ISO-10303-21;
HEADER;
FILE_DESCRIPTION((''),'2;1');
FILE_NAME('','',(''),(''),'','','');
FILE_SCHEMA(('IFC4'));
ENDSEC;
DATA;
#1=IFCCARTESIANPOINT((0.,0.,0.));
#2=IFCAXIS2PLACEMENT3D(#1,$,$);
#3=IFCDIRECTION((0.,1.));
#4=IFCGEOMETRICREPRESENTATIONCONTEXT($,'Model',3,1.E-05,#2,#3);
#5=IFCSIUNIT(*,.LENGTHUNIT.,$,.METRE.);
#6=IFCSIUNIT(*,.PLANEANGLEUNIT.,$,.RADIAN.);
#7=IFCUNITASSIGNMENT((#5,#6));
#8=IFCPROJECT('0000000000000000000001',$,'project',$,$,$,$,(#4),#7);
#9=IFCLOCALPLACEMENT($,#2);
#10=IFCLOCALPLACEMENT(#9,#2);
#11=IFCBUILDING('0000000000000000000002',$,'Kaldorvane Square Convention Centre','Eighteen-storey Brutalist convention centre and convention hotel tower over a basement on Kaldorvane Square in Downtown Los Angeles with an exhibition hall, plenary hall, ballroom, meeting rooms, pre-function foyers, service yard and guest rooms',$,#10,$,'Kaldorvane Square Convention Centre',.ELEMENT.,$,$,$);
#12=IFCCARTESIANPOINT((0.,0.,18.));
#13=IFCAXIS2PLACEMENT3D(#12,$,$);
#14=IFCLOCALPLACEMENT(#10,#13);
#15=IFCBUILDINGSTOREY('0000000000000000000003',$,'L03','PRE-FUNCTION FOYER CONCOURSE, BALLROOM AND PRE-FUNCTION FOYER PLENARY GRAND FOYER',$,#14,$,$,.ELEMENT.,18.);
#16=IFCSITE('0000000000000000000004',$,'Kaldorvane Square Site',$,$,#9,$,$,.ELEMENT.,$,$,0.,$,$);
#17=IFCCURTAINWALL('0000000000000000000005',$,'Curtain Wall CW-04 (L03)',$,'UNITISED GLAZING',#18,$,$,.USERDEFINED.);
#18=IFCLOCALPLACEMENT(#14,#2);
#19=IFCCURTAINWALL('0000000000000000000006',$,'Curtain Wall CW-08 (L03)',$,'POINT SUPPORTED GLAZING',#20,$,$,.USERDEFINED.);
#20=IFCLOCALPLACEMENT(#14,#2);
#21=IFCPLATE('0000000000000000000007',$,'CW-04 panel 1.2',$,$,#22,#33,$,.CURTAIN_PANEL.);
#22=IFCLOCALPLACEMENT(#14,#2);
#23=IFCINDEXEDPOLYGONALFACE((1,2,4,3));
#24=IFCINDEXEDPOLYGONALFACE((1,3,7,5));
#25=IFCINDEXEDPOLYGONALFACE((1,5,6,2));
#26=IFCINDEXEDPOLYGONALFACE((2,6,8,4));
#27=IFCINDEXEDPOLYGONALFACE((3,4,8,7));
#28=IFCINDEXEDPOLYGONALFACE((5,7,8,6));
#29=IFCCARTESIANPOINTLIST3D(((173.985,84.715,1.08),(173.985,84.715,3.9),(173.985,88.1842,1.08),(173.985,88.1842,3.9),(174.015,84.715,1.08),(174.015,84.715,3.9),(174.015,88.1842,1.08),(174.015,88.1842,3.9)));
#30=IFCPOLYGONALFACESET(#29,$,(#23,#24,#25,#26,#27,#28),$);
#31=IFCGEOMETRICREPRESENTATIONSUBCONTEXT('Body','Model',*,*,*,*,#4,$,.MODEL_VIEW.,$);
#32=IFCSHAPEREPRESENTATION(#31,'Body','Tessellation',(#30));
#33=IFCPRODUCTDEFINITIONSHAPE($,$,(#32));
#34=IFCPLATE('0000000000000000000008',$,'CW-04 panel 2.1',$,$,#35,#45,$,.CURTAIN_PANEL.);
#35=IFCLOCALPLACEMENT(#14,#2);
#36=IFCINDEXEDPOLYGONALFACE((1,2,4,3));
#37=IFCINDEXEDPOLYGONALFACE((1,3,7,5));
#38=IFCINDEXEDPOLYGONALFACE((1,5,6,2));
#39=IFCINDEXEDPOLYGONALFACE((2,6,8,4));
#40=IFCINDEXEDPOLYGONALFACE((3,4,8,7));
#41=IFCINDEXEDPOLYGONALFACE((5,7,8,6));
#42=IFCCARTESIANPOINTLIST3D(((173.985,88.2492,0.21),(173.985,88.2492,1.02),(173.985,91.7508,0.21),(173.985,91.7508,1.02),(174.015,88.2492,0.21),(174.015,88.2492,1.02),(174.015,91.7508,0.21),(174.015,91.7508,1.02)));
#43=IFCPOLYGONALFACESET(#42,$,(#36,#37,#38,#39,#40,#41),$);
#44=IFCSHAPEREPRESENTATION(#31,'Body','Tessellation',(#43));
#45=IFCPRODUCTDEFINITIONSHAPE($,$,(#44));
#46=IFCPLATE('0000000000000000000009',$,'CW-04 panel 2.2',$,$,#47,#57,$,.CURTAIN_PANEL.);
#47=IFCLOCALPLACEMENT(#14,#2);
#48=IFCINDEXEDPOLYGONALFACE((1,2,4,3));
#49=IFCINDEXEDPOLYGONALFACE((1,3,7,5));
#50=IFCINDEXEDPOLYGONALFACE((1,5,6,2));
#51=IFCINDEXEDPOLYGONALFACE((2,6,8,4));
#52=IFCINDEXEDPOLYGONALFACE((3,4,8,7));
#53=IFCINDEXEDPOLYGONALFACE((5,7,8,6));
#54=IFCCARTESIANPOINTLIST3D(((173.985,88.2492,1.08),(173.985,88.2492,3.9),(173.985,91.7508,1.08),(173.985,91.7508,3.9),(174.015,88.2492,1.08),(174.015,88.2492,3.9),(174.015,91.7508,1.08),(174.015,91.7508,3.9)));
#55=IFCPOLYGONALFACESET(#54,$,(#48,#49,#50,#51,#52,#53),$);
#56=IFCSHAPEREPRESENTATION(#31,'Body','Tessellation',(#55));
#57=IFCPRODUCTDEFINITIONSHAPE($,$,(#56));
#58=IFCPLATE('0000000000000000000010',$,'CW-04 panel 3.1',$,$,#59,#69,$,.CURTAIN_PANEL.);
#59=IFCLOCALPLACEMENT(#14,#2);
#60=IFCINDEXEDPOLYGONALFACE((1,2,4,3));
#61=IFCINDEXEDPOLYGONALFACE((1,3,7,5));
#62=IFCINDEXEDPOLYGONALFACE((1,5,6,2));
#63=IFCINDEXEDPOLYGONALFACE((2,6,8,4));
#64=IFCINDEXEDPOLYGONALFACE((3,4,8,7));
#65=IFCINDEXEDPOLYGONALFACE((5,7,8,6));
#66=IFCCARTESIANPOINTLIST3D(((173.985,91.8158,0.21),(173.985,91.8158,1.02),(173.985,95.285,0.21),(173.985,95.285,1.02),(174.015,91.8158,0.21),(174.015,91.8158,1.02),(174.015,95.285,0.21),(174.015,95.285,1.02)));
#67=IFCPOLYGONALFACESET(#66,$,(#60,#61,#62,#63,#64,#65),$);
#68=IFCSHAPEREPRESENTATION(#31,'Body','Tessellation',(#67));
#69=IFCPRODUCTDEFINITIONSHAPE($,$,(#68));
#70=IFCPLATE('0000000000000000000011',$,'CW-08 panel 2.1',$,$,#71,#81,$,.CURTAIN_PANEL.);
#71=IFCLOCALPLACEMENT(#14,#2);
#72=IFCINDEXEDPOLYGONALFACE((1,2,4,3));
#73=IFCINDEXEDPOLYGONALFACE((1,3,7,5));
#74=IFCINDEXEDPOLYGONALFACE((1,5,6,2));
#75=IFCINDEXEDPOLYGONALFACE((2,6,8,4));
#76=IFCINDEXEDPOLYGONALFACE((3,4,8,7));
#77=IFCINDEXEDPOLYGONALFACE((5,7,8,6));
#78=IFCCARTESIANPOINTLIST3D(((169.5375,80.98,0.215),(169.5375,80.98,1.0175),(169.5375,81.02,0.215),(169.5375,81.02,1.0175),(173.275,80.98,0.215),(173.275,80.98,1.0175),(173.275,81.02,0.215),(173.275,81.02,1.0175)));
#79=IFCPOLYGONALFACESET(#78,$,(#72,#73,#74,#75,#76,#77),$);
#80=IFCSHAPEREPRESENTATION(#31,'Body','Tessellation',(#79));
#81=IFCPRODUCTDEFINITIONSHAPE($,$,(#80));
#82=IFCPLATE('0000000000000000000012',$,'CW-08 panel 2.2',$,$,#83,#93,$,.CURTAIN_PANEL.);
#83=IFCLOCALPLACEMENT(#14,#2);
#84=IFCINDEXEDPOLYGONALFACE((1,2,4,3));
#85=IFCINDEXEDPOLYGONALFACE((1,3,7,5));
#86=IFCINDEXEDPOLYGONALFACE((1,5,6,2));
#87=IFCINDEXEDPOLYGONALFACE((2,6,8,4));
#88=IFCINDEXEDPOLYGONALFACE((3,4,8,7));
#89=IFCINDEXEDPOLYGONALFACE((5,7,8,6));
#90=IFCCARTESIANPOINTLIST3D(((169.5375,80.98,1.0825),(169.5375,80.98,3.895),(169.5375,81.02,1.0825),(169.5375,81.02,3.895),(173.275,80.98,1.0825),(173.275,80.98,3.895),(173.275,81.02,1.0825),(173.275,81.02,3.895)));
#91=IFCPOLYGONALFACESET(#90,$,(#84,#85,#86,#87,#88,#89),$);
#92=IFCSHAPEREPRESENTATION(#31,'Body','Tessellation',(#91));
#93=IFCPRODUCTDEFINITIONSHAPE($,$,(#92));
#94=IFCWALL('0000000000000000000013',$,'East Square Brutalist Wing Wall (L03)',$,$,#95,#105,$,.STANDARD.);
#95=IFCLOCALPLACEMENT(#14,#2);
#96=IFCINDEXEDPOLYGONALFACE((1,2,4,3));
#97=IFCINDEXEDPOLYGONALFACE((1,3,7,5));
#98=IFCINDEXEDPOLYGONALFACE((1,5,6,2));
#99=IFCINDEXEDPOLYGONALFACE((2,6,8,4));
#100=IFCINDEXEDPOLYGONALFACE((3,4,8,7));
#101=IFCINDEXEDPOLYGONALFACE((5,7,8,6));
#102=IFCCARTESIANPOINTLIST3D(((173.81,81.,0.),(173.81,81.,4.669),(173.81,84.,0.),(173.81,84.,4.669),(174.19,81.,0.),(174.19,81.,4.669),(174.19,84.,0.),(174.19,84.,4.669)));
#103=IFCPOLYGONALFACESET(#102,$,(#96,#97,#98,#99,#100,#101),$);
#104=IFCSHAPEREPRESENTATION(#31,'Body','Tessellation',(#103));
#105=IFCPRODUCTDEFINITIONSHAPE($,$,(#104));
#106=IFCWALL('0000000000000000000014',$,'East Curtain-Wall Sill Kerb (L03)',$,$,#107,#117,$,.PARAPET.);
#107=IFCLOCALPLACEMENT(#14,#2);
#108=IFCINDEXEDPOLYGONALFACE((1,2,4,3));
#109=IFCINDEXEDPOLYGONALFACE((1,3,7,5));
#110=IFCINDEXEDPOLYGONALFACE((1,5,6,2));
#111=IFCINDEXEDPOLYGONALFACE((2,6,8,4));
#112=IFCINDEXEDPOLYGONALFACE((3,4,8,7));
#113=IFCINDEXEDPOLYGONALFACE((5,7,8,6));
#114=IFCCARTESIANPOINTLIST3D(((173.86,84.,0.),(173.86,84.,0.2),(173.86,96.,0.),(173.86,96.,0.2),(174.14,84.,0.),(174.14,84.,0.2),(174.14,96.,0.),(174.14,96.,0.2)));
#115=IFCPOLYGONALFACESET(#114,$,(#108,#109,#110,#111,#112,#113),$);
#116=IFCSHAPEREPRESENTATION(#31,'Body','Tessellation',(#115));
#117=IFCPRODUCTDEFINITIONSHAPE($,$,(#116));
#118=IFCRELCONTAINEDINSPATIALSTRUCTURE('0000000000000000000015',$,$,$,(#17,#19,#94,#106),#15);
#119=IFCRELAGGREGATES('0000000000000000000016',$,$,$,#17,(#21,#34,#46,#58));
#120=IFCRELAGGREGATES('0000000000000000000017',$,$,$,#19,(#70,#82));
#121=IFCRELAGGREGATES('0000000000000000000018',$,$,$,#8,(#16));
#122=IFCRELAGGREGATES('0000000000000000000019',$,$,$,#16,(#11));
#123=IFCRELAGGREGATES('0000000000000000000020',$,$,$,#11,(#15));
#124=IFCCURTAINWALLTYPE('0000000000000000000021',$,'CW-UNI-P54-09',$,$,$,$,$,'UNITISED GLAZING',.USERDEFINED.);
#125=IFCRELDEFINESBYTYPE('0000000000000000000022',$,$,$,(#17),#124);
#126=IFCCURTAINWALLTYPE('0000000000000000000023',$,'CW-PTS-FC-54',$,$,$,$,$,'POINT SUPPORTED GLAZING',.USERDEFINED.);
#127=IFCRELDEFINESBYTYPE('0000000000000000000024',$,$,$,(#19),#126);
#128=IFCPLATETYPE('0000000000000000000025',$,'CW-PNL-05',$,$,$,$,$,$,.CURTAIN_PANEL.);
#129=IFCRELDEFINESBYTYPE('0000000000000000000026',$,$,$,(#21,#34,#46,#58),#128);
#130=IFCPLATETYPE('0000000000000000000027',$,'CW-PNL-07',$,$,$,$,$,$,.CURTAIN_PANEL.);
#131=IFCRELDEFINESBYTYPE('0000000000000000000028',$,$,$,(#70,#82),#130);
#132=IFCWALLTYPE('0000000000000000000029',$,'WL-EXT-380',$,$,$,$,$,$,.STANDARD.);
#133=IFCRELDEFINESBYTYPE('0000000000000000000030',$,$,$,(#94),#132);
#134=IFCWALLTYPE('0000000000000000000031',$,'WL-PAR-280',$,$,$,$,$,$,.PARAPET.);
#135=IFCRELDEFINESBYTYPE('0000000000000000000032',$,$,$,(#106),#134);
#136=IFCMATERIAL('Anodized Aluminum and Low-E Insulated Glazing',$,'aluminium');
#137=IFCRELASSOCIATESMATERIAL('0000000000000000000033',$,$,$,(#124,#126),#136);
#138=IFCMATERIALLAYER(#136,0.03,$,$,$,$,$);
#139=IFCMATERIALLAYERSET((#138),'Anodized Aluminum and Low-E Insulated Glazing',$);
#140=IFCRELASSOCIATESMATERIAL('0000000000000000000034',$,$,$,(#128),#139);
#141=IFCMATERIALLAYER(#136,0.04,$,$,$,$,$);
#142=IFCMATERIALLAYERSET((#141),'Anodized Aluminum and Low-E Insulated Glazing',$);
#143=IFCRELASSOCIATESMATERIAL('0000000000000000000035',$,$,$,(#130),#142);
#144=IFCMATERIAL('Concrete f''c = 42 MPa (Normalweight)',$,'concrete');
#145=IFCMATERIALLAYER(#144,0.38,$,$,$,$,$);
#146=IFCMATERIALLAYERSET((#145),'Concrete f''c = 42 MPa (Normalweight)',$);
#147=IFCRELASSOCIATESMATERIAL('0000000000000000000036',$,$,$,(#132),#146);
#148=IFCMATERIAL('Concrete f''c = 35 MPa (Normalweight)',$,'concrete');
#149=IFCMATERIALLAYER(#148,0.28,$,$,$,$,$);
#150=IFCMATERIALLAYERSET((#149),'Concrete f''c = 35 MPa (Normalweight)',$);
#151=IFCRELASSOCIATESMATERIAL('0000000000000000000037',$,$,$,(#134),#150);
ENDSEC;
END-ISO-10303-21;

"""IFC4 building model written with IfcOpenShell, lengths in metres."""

from ifc_helpers import new_model, si_unit, direction, frame, frame_2d, origin, origin_2d, place, context, subcontext, project, spatial, rectangle, extrude, material, layer, layer_set, type_object, element, aggregate, save


model = new_model("IFC4")

# Units and contexts
model_context = context("Model", 3, precision=1e-05, world=origin(), true_north=direction((0.0, 1.0)))
body_context = subcontext(model_context, "Body", "Model", "MODEL_VIEW")
ifc_project = project(units=[si_unit("LENGTHUNIT", "METRE"), si_unit("PLANEANGLEUNIT", "RADIAN")], contexts=[model_context])

# Site, building, storey
site_placement = place(None, origin())
site = spatial("IfcSite", under=ifc_project, at=site_placement, Name="Kaldorvane Square Site", CompositionType="ELEMENT", RefElevation=0.0)
building_placement = place(site_placement, origin())
building = spatial("IfcBuilding", under=site, at=building_placement, Name="Kaldorvane Square Convention Centre", Description="Eighteen-storey Brutalist convention centre and convention hotel tower over a basement on Kaldorvane Square in Downtown Los Angeles with an exhibition hall, plenary hall, ballroom, meeting rooms, pre-function foyers, service yard and guest rooms", LongName="Kaldorvane Square Convention Centre", CompositionType="ELEMENT")
storey_placement = place(building_placement, frame((0.0, 0.0, 18.0)))
storey = spatial("IfcBuildingStorey", under=building, at=storey_placement, Name="L03", Description="PRE-FUNCTION FOYER CONCOURSE, BALLROOM AND PRE-FUNCTION FOYER PLENARY GRAND FOYER", CompositionType="ELEMENT", Elevation=18.0)

# Curtain wall
ifc_material_1 = material(Name="Anodized Aluminum and Low-E Insulated Glazing", Category="aluminium")
curtain_wall_type_1 = type_object("IfcCurtainWallType", Name="CW-UNI-P54-09", ElementType="UNITISED GLAZING", PredefinedType="USERDEFINED", material=ifc_material_1)
curtain_wall_1_placement = place(storey_placement, origin())
curtain_wall_1 = element("IfcCurtainWall", 1, at=curtain_wall_1_placement, inside=storey, type_object=curtain_wall_type_1, Name="Curtain Wall CW-04 (L03)", ObjectType="UNITISED GLAZING", PredefinedType="USERDEFINED")

# Curtain wall
curtain_wall_type_2 = type_object("IfcCurtainWallType", Name="CW-PTS-FC-54", ElementType="POINT SUPPORTED GLAZING", PredefinedType="USERDEFINED", material=ifc_material_1)
curtain_wall_2_placement = place(storey_placement, origin())
curtain_wall_2 = element("IfcCurtainWall", 2, at=curtain_wall_2_placement, inside=storey, type_object=curtain_wall_type_2, Name="Curtain Wall CW-08 (L03)", ObjectType="POINT SUPPORTED GLAZING", PredefinedType="USERDEFINED")

# Plates
ifc_layer_1 = layer(ifc_material_1, 0.03)
ifc_layer_set_1 = layer_set([ifc_layer_1], Name="Anodized Aluminum and Low-E Insulated Glazing")
plate_type_1 = type_object("IfcPlateType", Name="CW-PNL-05", PredefinedType="CURTAIN_PANEL", material=ifc_layer_set_1)
plate_1_placement = place(storey_placement, frame((174.0, 86.4496, 1.08), z_axis=(0.0, 0.0, 1.0), x_axis=(0.0, 1.0, 0.0)))
plate_1 = element("IfcPlate", 3, at=plate_1_placement, type_object=plate_type_1, Name="CW-04 panel 1.2", PredefinedType="CURTAIN_PANEL", context=body_context, shape_type="SweptSolid", body=[
    extrude(rectangle(XDim=3.4692, YDim=0.03, at=origin_2d()), origin(), (0.0, 0.0, 1.0), 2.82),
])
plate_2_placement = place(storey_placement, frame((174.0, 90.0, 0.21), z_axis=(0.0, 0.0, 1.0), x_axis=(0.0, 1.0, 0.0)))
plate_2 = element("IfcPlate", 4, at=plate_2_placement, type_object=plate_type_1, Name="CW-04 panel 2.1", PredefinedType="CURTAIN_PANEL", context=body_context, shape_type="SweptSolid", body=[
    extrude(rectangle(XDim=3.5017, YDim=0.03, at=origin_2d()), origin(), (0.0, 0.0, 1.0), 0.81),
])
plate_3_placement = place(storey_placement, frame((174.0, 90.0, 1.08), z_axis=(0.0, 0.0, 1.0), x_axis=(0.0, 1.0, 0.0)))
plate_3 = element("IfcPlate", 5, at=plate_3_placement, type_object=plate_type_1, Name="CW-04 panel 2.2", PredefinedType="CURTAIN_PANEL", context=body_context, shape_type="SweptSolid", body=[
    extrude(rectangle(XDim=3.5017, YDim=0.03, at=origin_2d()), origin(), (0.0, 0.0, 1.0), 2.82),
])
plate_4_placement = place(storey_placement, frame((174.0, 93.5504, 0.21), z_axis=(0.0, 0.0, 1.0), x_axis=(0.0, 1.0, 0.0)))
plate_4 = element("IfcPlate", 6, at=plate_4_placement, type_object=plate_type_1, Name="CW-04 panel 3.1", PredefinedType="CURTAIN_PANEL", context=body_context, shape_type="SweptSolid", body=[
    extrude(rectangle(XDim=3.4692, YDim=0.03, at=origin_2d()), origin(), (0.0, 0.0, 1.0), 0.81),
])
aggregate(curtain_wall_1, [plate_1, plate_2, plate_3, plate_4])
ifc_layer_2 = layer(ifc_material_1, 0.04)
ifc_layer_set_2 = layer_set([ifc_layer_2], Name="Anodized Aluminum and Low-E Insulated Glazing")
plate_type_2 = type_object("IfcPlateType", Name="CW-PNL-07", PredefinedType="CURTAIN_PANEL", material=ifc_layer_set_2)
plate_5_placement = place(storey_placement, frame((171.4062, 81.0, 0.215), z_axis=(0.0, 0.0, 1.0), x_axis=(1.0, 0.0, 0.0)))
plate_5 = element("IfcPlate", 7, at=plate_5_placement, type_object=plate_type_2, Name="CW-08 panel 2.1", PredefinedType="CURTAIN_PANEL", context=body_context, shape_type="SweptSolid", body=[
    extrude(rectangle(XDim=3.7375, YDim=0.04, at=origin_2d()), origin(), (0.0, 0.0, 1.0), 0.8025),
])
plate_6_placement = place(storey_placement, frame((171.4062, 81.0, 1.0825), z_axis=(0.0, 0.0, 1.0), x_axis=(1.0, 0.0, 0.0)))
plate_6 = element("IfcPlate", 8, at=plate_6_placement, type_object=plate_type_2, Name="CW-08 panel 2.2", PredefinedType="CURTAIN_PANEL", context=body_context, shape_type="SweptSolid", body=[
    extrude(rectangle(XDim=3.7375, YDim=0.04, at=origin_2d()), origin(), (0.0, 0.0, 1.0), 2.8125),
])
aggregate(curtain_wall_2, [plate_5, plate_6])

# Walls
ifc_material_2 = material(Name="Concrete f'c = 42 MPa (Normalweight)", Category="concrete")
ifc_layer_3 = layer(ifc_material_2, 0.38)
ifc_layer_set_3 = layer_set([ifc_layer_3], Name="Concrete f'c = 42 MPa (Normalweight)")
wall_type_1 = type_object("IfcWallType", Name="WL-EXT-380", PredefinedType="STANDARD", material=ifc_layer_set_3)
wall_1_placement = place(storey_placement, frame((174.0, 81.0, 0.0), z_axis=(0.0, 0.0, 1.0), x_axis=(0.0, 1.0, 0.0)))
element("IfcWall", 9, at=wall_1_placement, inside=storey, type_object=wall_type_1, Name="East Square Brutalist Wing Wall (L03)", PredefinedType="STANDARD", context=body_context, shape_type="SweptSolid", body=[
    extrude(rectangle(XDim=3.0, YDim=0.38, at=frame_2d((1.5, 0.0))), origin(), (0.0, 0.0, 1.0), 4.669),
])
ifc_material_3 = material(Name="Concrete f'c = 35 MPa (Normalweight)", Category="concrete")
ifc_layer_4 = layer(ifc_material_3, 0.28)
ifc_layer_set_4 = layer_set([ifc_layer_4], Name="Concrete f'c = 35 MPa (Normalweight)")
wall_type_2 = type_object("IfcWallType", Name="WL-PAR-280", PredefinedType="PARAPET", material=ifc_layer_set_4)
wall_2_placement = place(storey_placement, frame((174.0, 84.0, 0.0), z_axis=(0.0, 0.0, 1.0), x_axis=(0.0, 1.0, 0.0)))
element("IfcWall", 10, at=wall_2_placement, inside=storey, type_object=wall_type_2, Name="East Curtain-Wall Sill Kerb (L03)", PredefinedType="PARAPET", context=body_context, shape_type="SweptSolid", body=[
    extrude(rectangle(XDim=12.0, YDim=0.28, at=frame_2d((6.0, 0.0))), origin(), (0.0, 0.0, 1.0), 0.2),
])

save(model, "model.ifc")
